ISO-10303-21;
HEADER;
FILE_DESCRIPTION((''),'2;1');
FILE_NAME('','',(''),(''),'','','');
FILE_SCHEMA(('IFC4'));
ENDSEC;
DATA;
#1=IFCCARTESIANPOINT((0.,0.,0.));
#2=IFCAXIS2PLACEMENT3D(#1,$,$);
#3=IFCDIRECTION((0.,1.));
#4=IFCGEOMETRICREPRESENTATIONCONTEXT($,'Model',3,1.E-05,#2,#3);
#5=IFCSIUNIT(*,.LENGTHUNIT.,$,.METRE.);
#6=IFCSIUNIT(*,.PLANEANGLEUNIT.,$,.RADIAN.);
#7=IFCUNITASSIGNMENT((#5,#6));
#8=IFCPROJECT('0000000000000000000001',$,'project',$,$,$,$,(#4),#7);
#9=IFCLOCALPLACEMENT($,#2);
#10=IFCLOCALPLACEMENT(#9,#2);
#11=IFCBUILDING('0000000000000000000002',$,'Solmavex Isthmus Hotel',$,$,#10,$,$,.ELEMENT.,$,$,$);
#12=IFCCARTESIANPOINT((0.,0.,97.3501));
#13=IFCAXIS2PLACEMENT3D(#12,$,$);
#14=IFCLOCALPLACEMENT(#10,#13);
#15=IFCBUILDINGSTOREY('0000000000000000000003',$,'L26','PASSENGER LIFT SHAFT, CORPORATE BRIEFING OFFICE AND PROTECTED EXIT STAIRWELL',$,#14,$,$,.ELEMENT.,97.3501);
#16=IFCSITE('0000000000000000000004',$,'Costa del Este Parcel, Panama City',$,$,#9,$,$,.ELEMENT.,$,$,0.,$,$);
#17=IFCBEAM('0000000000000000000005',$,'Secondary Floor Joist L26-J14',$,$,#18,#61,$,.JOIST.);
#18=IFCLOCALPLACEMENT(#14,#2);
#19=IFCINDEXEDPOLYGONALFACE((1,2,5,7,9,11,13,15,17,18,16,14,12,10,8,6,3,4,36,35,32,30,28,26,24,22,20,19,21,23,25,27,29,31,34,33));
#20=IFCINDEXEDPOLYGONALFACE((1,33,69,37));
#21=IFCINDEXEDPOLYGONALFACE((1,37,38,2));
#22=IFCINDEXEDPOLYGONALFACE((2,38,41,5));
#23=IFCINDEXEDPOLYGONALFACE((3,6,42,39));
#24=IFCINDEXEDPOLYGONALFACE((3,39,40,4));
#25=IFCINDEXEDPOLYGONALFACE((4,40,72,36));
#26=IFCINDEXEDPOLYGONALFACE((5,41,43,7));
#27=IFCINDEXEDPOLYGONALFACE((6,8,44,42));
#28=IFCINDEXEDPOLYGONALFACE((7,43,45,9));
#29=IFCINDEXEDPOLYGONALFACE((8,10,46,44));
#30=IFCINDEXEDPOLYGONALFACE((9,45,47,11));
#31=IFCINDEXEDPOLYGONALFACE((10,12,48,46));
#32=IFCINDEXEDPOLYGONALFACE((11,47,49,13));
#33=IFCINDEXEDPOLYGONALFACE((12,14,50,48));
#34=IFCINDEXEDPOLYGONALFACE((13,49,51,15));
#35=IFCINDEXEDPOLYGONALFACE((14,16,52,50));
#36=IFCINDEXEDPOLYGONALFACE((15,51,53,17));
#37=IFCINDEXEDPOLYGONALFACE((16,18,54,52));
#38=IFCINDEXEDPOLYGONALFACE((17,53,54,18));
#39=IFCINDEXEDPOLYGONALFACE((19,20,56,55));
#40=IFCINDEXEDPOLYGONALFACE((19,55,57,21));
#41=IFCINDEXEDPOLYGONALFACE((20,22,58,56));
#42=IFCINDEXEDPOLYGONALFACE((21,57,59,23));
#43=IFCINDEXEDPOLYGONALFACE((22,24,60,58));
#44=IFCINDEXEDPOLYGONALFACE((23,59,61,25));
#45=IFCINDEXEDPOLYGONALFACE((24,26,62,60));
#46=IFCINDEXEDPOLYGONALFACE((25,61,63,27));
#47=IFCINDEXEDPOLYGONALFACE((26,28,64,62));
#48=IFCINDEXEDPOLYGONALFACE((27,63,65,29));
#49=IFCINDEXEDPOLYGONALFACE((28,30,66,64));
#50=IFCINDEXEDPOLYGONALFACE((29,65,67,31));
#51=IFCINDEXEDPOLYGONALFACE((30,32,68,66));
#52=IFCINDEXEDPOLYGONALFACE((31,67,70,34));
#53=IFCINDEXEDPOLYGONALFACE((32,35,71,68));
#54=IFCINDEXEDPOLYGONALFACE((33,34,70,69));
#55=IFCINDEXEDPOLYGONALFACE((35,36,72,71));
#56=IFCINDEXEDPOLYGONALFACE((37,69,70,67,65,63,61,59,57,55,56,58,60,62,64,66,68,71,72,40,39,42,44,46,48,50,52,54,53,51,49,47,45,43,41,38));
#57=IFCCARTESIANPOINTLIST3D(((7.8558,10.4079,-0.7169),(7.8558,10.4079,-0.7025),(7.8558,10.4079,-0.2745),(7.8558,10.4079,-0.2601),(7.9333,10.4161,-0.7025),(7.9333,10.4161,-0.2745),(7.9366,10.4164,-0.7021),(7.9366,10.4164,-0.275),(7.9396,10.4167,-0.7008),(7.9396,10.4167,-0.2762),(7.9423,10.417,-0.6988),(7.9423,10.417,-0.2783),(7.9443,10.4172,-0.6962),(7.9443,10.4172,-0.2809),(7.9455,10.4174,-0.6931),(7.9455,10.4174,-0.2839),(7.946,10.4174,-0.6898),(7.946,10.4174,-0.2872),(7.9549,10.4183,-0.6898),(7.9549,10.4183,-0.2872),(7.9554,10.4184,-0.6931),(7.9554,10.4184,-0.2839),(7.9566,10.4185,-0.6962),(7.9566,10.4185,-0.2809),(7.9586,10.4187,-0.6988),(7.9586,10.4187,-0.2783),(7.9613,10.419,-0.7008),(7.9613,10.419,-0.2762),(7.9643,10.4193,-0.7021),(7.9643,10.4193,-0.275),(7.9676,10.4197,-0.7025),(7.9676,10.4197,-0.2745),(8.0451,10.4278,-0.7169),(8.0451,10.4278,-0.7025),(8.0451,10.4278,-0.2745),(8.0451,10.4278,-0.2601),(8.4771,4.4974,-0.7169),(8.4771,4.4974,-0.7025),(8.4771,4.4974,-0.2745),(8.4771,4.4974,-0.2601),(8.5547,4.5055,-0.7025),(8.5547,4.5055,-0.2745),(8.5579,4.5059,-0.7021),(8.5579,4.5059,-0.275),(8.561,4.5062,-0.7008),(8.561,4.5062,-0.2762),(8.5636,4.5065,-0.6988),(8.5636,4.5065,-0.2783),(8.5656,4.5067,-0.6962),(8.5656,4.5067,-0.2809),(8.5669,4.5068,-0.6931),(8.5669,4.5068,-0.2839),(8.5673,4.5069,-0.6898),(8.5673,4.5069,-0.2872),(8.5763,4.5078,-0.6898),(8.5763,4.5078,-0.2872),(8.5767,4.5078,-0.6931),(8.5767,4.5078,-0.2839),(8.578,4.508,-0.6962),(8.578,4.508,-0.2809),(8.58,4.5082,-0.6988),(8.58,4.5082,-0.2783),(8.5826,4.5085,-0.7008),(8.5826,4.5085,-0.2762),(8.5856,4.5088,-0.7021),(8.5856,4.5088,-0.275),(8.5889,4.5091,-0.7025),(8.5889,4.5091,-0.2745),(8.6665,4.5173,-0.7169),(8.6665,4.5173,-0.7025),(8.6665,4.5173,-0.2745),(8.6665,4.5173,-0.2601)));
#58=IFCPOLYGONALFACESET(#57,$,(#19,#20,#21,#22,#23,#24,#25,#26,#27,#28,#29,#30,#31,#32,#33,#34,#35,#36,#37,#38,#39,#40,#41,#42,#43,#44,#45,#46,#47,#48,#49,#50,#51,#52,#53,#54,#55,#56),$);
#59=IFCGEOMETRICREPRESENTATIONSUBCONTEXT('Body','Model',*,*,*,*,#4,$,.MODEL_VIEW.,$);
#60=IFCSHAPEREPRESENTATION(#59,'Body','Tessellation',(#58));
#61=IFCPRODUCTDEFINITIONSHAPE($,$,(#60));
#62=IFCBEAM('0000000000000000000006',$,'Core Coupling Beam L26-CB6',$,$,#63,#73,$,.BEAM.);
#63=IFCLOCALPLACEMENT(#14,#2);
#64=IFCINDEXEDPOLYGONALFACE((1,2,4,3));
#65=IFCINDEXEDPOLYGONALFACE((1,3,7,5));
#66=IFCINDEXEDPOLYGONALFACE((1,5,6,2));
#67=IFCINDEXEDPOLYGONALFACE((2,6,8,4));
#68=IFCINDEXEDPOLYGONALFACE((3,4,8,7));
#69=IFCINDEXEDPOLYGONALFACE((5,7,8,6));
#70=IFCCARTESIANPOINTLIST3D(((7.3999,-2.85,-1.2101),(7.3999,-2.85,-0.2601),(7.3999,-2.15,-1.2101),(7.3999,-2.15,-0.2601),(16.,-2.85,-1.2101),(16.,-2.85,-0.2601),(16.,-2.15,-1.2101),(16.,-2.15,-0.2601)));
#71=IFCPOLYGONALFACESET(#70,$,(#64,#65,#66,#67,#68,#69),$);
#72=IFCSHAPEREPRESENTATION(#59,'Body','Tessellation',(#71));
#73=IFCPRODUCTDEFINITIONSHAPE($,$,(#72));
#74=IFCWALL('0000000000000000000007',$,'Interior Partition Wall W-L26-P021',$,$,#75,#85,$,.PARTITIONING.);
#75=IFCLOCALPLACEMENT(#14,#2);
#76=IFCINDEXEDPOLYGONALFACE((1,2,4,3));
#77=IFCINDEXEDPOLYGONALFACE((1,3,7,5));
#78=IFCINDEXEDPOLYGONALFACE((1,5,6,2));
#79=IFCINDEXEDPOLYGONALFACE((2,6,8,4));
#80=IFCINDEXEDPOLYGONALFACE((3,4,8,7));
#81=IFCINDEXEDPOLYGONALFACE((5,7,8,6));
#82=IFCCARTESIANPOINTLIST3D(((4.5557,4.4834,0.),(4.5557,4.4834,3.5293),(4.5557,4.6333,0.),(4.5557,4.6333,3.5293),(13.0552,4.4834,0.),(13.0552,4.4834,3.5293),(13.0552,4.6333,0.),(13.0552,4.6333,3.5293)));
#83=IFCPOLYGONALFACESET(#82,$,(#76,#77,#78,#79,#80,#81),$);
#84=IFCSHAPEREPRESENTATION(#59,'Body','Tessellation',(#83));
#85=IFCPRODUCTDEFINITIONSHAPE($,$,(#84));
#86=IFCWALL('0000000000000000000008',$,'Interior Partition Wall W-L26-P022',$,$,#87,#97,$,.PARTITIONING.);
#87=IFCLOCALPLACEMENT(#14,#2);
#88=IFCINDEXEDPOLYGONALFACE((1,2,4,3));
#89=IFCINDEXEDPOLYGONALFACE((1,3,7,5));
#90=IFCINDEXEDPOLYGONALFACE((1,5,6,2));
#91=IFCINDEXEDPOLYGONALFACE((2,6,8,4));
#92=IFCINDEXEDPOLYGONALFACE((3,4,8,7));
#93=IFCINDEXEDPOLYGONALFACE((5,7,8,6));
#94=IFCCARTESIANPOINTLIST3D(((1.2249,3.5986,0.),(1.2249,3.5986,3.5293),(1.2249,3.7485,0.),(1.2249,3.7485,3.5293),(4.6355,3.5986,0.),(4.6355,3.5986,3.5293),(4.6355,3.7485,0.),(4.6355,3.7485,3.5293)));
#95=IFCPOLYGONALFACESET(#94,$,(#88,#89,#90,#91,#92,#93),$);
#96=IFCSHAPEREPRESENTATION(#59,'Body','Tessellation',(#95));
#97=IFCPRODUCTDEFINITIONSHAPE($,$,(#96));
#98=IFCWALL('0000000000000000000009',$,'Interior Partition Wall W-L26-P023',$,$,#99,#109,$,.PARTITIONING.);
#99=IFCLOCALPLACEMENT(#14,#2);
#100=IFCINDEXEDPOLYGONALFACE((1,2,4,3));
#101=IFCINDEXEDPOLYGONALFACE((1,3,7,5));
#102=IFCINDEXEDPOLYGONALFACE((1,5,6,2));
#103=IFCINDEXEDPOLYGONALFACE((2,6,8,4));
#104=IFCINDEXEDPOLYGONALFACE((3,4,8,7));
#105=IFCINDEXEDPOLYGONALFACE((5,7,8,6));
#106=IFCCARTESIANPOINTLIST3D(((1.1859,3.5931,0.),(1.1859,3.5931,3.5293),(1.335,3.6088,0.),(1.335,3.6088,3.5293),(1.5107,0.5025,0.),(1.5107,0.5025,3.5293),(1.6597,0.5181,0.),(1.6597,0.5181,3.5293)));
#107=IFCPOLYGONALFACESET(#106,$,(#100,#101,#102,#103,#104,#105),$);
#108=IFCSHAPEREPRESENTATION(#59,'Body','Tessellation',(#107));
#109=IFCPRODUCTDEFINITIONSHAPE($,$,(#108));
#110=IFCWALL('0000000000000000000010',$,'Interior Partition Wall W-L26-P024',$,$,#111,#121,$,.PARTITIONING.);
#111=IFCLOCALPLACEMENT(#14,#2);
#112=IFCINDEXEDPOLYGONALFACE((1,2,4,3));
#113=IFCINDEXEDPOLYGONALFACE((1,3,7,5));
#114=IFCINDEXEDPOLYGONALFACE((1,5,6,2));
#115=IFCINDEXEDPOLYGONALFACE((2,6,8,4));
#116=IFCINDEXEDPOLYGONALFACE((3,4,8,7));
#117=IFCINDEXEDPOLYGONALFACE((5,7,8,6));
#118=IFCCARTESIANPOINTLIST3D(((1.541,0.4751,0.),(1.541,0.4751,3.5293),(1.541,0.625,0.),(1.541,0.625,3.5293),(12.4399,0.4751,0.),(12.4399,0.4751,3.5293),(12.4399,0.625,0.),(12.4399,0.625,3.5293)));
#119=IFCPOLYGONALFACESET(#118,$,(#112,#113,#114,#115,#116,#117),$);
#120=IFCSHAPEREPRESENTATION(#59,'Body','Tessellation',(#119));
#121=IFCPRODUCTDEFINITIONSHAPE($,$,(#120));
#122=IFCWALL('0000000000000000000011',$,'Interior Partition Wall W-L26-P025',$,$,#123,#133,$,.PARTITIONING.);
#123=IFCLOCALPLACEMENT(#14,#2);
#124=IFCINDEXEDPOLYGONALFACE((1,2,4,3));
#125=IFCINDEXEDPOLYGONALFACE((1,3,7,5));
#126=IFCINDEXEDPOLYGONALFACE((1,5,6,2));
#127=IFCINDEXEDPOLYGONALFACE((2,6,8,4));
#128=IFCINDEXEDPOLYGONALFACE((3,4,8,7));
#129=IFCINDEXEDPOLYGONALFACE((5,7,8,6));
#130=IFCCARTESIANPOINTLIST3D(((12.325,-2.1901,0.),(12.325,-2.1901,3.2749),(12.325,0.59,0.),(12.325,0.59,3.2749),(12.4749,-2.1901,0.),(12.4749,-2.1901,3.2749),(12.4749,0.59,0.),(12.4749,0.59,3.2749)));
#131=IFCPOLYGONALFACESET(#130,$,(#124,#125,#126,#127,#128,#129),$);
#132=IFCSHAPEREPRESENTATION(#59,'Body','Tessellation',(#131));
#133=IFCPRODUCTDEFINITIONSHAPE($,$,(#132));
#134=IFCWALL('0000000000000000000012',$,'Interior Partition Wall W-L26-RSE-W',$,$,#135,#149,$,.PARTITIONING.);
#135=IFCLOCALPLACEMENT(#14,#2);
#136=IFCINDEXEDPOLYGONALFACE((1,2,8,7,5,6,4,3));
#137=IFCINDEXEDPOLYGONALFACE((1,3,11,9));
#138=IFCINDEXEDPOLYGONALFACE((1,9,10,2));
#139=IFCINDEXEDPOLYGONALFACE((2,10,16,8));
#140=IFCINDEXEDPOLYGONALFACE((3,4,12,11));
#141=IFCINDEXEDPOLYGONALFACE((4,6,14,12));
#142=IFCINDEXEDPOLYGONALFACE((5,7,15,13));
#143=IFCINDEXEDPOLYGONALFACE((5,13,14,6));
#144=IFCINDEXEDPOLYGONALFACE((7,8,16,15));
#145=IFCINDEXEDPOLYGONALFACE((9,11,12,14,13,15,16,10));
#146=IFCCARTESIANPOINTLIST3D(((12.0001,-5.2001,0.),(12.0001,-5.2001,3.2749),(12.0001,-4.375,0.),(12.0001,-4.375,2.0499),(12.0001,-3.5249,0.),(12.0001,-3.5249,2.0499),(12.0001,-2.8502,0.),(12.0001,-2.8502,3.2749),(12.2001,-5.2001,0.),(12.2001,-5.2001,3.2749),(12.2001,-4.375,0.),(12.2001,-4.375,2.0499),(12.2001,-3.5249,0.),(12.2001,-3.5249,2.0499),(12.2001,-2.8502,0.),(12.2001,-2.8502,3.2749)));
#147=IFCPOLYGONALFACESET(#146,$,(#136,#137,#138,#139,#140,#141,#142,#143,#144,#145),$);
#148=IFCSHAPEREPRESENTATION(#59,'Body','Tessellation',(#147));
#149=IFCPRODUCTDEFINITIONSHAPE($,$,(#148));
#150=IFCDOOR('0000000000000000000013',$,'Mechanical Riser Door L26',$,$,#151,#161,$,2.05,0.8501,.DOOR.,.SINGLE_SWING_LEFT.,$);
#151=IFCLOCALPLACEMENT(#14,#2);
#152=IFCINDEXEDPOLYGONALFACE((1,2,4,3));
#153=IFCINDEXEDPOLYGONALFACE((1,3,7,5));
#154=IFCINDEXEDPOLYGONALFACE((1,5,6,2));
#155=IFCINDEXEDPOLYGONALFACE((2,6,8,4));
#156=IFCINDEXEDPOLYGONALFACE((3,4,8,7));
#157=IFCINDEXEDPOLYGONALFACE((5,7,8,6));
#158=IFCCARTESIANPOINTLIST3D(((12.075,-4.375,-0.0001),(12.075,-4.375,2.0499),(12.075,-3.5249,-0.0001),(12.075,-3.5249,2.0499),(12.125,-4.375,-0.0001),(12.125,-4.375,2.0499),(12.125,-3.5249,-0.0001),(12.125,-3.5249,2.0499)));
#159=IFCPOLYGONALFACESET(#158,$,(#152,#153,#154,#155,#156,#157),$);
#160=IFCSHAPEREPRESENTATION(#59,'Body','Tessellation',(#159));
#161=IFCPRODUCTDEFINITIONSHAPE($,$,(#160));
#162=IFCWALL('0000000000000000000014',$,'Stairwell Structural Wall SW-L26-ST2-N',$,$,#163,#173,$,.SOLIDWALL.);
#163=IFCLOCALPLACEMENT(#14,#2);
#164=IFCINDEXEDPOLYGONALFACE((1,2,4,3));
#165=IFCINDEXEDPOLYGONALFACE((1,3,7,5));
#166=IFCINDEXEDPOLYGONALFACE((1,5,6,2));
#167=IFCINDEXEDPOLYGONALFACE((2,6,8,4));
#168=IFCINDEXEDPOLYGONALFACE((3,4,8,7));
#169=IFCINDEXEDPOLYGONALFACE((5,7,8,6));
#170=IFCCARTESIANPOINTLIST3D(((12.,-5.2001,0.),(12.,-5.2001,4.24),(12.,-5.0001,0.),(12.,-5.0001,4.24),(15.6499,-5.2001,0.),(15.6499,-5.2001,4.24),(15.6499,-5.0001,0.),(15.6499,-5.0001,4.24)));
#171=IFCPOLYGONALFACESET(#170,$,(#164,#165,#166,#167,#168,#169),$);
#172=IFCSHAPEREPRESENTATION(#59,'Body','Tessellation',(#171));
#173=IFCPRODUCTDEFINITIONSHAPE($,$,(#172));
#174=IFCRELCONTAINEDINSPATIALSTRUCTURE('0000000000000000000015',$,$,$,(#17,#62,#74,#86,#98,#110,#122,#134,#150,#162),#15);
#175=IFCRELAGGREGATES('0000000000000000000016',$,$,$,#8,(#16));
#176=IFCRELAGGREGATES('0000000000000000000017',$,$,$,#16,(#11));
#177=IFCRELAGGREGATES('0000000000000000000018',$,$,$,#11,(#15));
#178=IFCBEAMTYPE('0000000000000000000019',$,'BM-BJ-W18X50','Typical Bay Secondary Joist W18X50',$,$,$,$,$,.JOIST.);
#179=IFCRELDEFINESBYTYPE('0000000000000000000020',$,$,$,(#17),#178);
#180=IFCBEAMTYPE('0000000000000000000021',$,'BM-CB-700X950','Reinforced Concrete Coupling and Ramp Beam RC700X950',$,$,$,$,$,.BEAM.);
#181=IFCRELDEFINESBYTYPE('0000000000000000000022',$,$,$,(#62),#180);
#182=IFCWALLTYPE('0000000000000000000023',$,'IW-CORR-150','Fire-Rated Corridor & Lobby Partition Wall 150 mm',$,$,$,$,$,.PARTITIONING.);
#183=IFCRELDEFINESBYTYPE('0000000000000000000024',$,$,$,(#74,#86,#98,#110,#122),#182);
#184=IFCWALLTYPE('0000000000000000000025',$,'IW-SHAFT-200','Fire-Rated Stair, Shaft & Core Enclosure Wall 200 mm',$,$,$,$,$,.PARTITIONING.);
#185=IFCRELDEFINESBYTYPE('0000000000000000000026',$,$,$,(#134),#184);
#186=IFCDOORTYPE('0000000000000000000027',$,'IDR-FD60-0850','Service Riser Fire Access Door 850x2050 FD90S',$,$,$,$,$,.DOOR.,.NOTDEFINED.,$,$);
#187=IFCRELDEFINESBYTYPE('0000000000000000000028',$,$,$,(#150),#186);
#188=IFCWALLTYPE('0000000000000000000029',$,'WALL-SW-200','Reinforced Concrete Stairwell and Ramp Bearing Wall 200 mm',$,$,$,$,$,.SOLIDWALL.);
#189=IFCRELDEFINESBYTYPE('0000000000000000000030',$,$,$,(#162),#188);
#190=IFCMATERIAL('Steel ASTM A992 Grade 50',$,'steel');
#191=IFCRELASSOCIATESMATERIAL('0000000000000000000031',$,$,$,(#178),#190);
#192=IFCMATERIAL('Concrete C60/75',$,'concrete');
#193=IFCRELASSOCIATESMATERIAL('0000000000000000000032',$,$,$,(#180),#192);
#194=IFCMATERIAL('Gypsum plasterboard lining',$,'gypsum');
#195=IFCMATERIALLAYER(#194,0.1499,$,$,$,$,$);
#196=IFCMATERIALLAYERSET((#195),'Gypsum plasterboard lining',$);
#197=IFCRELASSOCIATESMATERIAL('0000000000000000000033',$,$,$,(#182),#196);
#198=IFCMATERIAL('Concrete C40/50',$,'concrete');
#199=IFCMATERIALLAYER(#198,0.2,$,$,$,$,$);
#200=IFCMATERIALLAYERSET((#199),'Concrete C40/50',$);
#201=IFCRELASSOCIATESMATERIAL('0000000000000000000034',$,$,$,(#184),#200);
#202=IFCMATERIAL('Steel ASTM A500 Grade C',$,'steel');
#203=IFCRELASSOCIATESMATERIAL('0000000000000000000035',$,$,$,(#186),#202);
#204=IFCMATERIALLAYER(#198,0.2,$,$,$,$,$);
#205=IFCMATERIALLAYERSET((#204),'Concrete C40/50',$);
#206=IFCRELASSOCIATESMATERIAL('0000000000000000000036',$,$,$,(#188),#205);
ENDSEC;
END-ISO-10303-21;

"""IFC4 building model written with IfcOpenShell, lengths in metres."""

from ifc_helpers import new_model, si_unit, direction, frame, frame_2d, origin, origin_2d, place, context, subcontext, project, spatial, rectangle, i_section, extrude, material, layer, layer_set, material_profile, profile_set, type_object, element, fill, save


model = new_model("IFC4")

# Units and contexts
model_context = context("Model", 3, precision=1e-05, world=origin(), true_north=direction((0.0, 1.0)))
body_context = subcontext(model_context, "Body", "Model", "MODEL_VIEW")
ifc_project = project(units=[si_unit("LENGTHUNIT", "METRE"), si_unit("PLANEANGLEUNIT", "RADIAN")], contexts=[model_context])

# Site, building, storey
site_placement = place(None, origin())
site = spatial("IfcSite", under=ifc_project, at=site_placement, Name="Costa del Este Parcel, Panama City", CompositionType="ELEMENT", RefElevation=0.0)
building_placement = place(site_placement, origin())
building = spatial("IfcBuilding", under=site, at=building_placement, Name="Solmavex Isthmus Hotel", CompositionType="ELEMENT")
storey_placement = place(building_placement, frame((0.0, 0.0, 97.3501)))
storey = spatial("IfcBuildingStorey", under=building, at=storey_placement, Name="L26", Description="PASSENGER LIFT SHAFT, CORPORATE BRIEFING OFFICE AND PROTECTED EXIT STAIRWELL", CompositionType="ELEMENT", Elevation=97.3501)

# Shared definitions
ifc_material_1 = material(Name="Concrete C60/75", Category="concrete")

# Beams
ifc_material_2 = material(Name="Steel ASTM A992 Grade 50", Category="steel")
ifc_material_profile_1 = material_profile(ifc_material_2, i_section(OverallWidth=0.1904, OverallDepth=0.4568, WebThickness=0.009, FlangeThickness=0.0144, FilletRadius=0.0127, at=origin_2d()), Name="W18X50")
ifc_profile_set_1 = profile_set([ifc_material_profile_1], Name="Steel ASTM A992 Grade 50")
beam_type_1 = type_object("IfcBeamType", Name="BM-BJ-W18X50", Description="Typical Bay Secondary Joist W18X50", PredefinedType="JOIST", material=ifc_profile_set_1)
beam_1_placement = place(storey_placement, frame((8.5718, 4.5073, -0.4885), z_axis=(-0.104546, 0.99452, 0.0), x_axis=(-0.99452, -0.104546, 0.0)))
element("IfcBeam", 1, at=beam_1_placement, inside=storey, type_object=beam_type_1, Name="Secondary Floor Joist L26-J14", PredefinedType="JOIST", context=body_context, shape_type="SweptSolid", body=[
    extrude(i_section(OverallWidth=0.1904, OverallDepth=0.4568, WebThickness=0.009, FlangeThickness=0.0144, FilletRadius=0.0127, at=origin_2d()), origin(), (0.0, 0.0, 1.0), 5.9431),
])
ifc_material_profile_2 = material_profile(ifc_material_1, rectangle(XDim=0.7, YDim=0.95, at=origin_2d()), Name="RC700X950")
ifc_profile_set_2 = profile_set([ifc_material_profile_2], Name="Concrete C60/75")
beam_type_2 = type_object("IfcBeamType", Name="BM-CB-700X950", Description="Reinforced Concrete Coupling and Ramp Beam RC700X950", PredefinedType="BEAM", material=ifc_profile_set_2)
beam_2_placement = place(storey_placement, frame((7.3999, -2.5, -0.7351), z_axis=(1.0, 0.0, 0.0), x_axis=(0.0, 1.0, 0.0)))
element("IfcBeam", 2, at=beam_2_placement, inside=storey, type_object=beam_type_2, Name="Core Coupling Beam L26-CB6", PredefinedType="BEAM", context=body_context, shape_type="SweptSolid", body=[
    extrude(rectangle(XDim=0.7, YDim=0.95, at=origin_2d()), origin(), (0.0, 0.0, 1.0), 8.6001),
])

# Walls
ifc_material_3 = material(Name="Gypsum plasterboard lining", Category="gypsum")
ifc_layer_1 = layer(ifc_material_3, 0.1499)
ifc_layer_set_1 = layer_set([ifc_layer_1], Name="Gypsum plasterboard lining")
wall_type_1 = type_object("IfcWallType", Name="IW-CORR-150", Description="Fire-Rated Corridor & Lobby Partition Wall 150 mm", PredefinedType="PARTITIONING", material=ifc_layer_set_1)
wall_1_placement = place(storey_placement, frame((13.0552, 4.5583, 0.0), z_axis=(0.0, 0.0, 1.0), x_axis=(-1.0, 0.0, 0.0)))
element("IfcWall", 3, at=wall_1_placement, inside=storey, type_object=wall_type_1, Name="Interior Partition Wall W-L26-P021", PredefinedType="PARTITIONING", context=body_context, shape_type="SweptSolid", body=[
    extrude(rectangle(XDim=8.4995, YDim=0.1499, at=frame_2d((4.2498, 0.0))), origin(), (0.0, 0.0, 1.0), 3.5293),
])
wall_2_placement = place(storey_placement, frame((4.6355, 3.6736, 0.0), z_axis=(0.0, 0.0, 1.0), x_axis=(-1.0, 0.0, 0.0)))
element("IfcWall", 4, at=wall_2_placement, inside=storey, type_object=wall_type_1, Name="Interior Partition Wall W-L26-P022", PredefinedType="PARTITIONING", context=body_context, shape_type="SweptSolid", body=[
    extrude(rectangle(XDim=3.4106, YDim=0.1499, at=frame_2d((1.7053, 0.0))), origin(), (0.0, 0.0, 1.0), 3.5293),
])
wall_3_placement = place(storey_placement, frame((1.2605, 3.6008, 0.0), z_axis=(0.0, 0.0, 1.0), x_axis=(0.104488, -0.994526, 0.0)))
element("IfcWall", 5, at=wall_3_placement, inside=storey, type_object=wall_type_1, Name="Interior Partition Wall W-L26-P023", PredefinedType="PARTITIONING", context=body_context, shape_type="SweptSolid", body=[
    extrude(rectangle(XDim=3.1077, YDim=0.1499, at=frame_2d((1.5537, 0.0))), origin(), (0.0, 0.0, 1.0), 3.5293),
])
wall_4_placement = place(storey_placement, frame((1.541, 0.55, 0.0), z_axis=(0.0, 0.0, 1.0), x_axis=(1.0, 0.0, 0.0)))
element("IfcWall", 6, at=wall_4_placement, inside=storey, type_object=wall_type_1, Name="Interior Partition Wall W-L26-P024", PredefinedType="PARTITIONING", context=body_context, shape_type="SweptSolid", body=[
    extrude(rectangle(XDim=10.8989, YDim=0.1499, at=frame_2d((5.4495, 0.0))), origin(), (0.0, 0.0, 1.0), 3.5293),
])
wall_5_placement = place(storey_placement, frame((12.3999, 0.5901, 0.0), z_axis=(0.0, 0.0, 1.0), x_axis=(0.0, -1.0, 0.0)))
element("IfcWall", 7, at=wall_5_placement, inside=storey, type_object=wall_type_1, Name="Interior Partition Wall W-L26-P025", PredefinedType="PARTITIONING", context=body_context, shape_type="SweptSolid", body=[
    extrude(rectangle(XDim=2.78, YDim=0.1499, at=frame_2d((1.3901, 0.0))), origin(), (0.0, 0.0, 1.0), 3.2749),
])

# Wall, opening, door
ifc_material_4 = material(Name="Concrete C40/50", Category="concrete")
ifc_layer_2 = layer(ifc_material_4, 0.2)
ifc_layer_set_2 = layer_set([ifc_layer_2], Name="Concrete C40/50")
wall_type_2 = type_object("IfcWallType", Name="IW-SHAFT-200", Description="Fire-Rated Stair, Shaft & Core Enclosure Wall 200 mm", PredefinedType="PARTITIONING", material=ifc_layer_set_2)
wall_6_placement = place(storey_placement, frame((12.1001, -5.2, 0.0), z_axis=(0.0, 0.0, 1.0), x_axis=(0.0, 1.0, 0.0)))
wall_6 = element("IfcWall", 8, at=wall_6_placement, inside=storey, type_object=wall_type_2, Name="Interior Partition Wall W-L26-RSE-W", PredefinedType="PARTITIONING", context=body_context, shape_type="SweptSolid", body=[
    extrude(rectangle(XDim=2.3499, YDim=0.2, at=frame_2d((1.1748, 0.0))), origin(), (0.0, 0.0, 1.0), 3.2749),
])
opening_placement = place(wall_6_placement, frame((0.825, 0.0, 0.0)))
opening = element("IfcOpeningElement", 9, at=opening_placement, cuts=wall_6, PredefinedType="OPENING", context=body_context, shape_type="SweptSolid", body=[
    extrude(rectangle(XDim=0.8501, YDim=2.05, at=frame_2d((0.425, 1.0249))), frame((0.0, 0.1099, 0.0), z_axis=(0.0, -1.0, 0.0), x_axis=(1.0, 0.0, 0.0)), (0.0, 0.0, 1.0), 0.22),
])
ifc_material_5 = material(Name="Steel ASTM A500 Grade C", Category="steel")
door_type = type_object("IfcDoorType", Name="IDR-FD60-0850", Description="Service Riser Fire Access Door 850x2050 FD90S", OperationType="NOTDEFINED", PredefinedType="DOOR", material=ifc_material_5)
door_placement = place(opening_placement, frame((0.8501, 0.0, 0.0), z_axis=(0.0, 0.0, 1.0), x_axis=(-1.0, 0.0, 0.0)))
door = element("IfcDoor", 10, at=door_placement, inside=storey, type_object=door_type, Name="Mechanical Riser Door L26", OperationType="SINGLE_SWING_LEFT", OverallHeight=2.05, OverallWidth=0.8501, PredefinedType="DOOR", context=body_context, shape_type="SweptSolid", body=[
    extrude(rectangle(XDim=0.8501, YDim=2.05, at=frame_2d((0.425, 1.0249))), frame((0.0, 0.0249, 0.0), z_axis=(0.0, -1.0, 0.0), x_axis=(1.0, 0.0, 0.0)), (0.0, 0.0, 1.0), 0.05),
])
fill(opening, door)

# Wall
ifc_layer_3 = layer(ifc_material_4, 0.2)
ifc_layer_set_3 = layer_set([ifc_layer_3], Name="Concrete C40/50")
wall_type_3 = type_object("IfcWallType", Name="WALL-SW-200", Description="Reinforced Concrete Stairwell and Ramp Bearing Wall 200 mm", PredefinedType="SOLIDWALL", material=ifc_layer_set_3)
wall_7_placement = place(storey_placement, frame((12.0, -5.1001, 0.0), z_axis=(0.0, 0.0, 1.0), x_axis=(1.0, 0.0, 0.0)))
element("IfcWall", 11, at=wall_7_placement, inside=storey, type_object=wall_type_3, Name="Stairwell Structural Wall SW-L26-ST2-N", PredefinedType="SOLIDWALL", context=body_context, shape_type="SweptSolid", body=[
    extrude(rectangle(XDim=3.6499, YDim=0.2, at=frame_2d((1.825, 0.0))), origin(), (0.0, 0.0, 1.0), 4.24),
])

save(model, "model.ifc")
